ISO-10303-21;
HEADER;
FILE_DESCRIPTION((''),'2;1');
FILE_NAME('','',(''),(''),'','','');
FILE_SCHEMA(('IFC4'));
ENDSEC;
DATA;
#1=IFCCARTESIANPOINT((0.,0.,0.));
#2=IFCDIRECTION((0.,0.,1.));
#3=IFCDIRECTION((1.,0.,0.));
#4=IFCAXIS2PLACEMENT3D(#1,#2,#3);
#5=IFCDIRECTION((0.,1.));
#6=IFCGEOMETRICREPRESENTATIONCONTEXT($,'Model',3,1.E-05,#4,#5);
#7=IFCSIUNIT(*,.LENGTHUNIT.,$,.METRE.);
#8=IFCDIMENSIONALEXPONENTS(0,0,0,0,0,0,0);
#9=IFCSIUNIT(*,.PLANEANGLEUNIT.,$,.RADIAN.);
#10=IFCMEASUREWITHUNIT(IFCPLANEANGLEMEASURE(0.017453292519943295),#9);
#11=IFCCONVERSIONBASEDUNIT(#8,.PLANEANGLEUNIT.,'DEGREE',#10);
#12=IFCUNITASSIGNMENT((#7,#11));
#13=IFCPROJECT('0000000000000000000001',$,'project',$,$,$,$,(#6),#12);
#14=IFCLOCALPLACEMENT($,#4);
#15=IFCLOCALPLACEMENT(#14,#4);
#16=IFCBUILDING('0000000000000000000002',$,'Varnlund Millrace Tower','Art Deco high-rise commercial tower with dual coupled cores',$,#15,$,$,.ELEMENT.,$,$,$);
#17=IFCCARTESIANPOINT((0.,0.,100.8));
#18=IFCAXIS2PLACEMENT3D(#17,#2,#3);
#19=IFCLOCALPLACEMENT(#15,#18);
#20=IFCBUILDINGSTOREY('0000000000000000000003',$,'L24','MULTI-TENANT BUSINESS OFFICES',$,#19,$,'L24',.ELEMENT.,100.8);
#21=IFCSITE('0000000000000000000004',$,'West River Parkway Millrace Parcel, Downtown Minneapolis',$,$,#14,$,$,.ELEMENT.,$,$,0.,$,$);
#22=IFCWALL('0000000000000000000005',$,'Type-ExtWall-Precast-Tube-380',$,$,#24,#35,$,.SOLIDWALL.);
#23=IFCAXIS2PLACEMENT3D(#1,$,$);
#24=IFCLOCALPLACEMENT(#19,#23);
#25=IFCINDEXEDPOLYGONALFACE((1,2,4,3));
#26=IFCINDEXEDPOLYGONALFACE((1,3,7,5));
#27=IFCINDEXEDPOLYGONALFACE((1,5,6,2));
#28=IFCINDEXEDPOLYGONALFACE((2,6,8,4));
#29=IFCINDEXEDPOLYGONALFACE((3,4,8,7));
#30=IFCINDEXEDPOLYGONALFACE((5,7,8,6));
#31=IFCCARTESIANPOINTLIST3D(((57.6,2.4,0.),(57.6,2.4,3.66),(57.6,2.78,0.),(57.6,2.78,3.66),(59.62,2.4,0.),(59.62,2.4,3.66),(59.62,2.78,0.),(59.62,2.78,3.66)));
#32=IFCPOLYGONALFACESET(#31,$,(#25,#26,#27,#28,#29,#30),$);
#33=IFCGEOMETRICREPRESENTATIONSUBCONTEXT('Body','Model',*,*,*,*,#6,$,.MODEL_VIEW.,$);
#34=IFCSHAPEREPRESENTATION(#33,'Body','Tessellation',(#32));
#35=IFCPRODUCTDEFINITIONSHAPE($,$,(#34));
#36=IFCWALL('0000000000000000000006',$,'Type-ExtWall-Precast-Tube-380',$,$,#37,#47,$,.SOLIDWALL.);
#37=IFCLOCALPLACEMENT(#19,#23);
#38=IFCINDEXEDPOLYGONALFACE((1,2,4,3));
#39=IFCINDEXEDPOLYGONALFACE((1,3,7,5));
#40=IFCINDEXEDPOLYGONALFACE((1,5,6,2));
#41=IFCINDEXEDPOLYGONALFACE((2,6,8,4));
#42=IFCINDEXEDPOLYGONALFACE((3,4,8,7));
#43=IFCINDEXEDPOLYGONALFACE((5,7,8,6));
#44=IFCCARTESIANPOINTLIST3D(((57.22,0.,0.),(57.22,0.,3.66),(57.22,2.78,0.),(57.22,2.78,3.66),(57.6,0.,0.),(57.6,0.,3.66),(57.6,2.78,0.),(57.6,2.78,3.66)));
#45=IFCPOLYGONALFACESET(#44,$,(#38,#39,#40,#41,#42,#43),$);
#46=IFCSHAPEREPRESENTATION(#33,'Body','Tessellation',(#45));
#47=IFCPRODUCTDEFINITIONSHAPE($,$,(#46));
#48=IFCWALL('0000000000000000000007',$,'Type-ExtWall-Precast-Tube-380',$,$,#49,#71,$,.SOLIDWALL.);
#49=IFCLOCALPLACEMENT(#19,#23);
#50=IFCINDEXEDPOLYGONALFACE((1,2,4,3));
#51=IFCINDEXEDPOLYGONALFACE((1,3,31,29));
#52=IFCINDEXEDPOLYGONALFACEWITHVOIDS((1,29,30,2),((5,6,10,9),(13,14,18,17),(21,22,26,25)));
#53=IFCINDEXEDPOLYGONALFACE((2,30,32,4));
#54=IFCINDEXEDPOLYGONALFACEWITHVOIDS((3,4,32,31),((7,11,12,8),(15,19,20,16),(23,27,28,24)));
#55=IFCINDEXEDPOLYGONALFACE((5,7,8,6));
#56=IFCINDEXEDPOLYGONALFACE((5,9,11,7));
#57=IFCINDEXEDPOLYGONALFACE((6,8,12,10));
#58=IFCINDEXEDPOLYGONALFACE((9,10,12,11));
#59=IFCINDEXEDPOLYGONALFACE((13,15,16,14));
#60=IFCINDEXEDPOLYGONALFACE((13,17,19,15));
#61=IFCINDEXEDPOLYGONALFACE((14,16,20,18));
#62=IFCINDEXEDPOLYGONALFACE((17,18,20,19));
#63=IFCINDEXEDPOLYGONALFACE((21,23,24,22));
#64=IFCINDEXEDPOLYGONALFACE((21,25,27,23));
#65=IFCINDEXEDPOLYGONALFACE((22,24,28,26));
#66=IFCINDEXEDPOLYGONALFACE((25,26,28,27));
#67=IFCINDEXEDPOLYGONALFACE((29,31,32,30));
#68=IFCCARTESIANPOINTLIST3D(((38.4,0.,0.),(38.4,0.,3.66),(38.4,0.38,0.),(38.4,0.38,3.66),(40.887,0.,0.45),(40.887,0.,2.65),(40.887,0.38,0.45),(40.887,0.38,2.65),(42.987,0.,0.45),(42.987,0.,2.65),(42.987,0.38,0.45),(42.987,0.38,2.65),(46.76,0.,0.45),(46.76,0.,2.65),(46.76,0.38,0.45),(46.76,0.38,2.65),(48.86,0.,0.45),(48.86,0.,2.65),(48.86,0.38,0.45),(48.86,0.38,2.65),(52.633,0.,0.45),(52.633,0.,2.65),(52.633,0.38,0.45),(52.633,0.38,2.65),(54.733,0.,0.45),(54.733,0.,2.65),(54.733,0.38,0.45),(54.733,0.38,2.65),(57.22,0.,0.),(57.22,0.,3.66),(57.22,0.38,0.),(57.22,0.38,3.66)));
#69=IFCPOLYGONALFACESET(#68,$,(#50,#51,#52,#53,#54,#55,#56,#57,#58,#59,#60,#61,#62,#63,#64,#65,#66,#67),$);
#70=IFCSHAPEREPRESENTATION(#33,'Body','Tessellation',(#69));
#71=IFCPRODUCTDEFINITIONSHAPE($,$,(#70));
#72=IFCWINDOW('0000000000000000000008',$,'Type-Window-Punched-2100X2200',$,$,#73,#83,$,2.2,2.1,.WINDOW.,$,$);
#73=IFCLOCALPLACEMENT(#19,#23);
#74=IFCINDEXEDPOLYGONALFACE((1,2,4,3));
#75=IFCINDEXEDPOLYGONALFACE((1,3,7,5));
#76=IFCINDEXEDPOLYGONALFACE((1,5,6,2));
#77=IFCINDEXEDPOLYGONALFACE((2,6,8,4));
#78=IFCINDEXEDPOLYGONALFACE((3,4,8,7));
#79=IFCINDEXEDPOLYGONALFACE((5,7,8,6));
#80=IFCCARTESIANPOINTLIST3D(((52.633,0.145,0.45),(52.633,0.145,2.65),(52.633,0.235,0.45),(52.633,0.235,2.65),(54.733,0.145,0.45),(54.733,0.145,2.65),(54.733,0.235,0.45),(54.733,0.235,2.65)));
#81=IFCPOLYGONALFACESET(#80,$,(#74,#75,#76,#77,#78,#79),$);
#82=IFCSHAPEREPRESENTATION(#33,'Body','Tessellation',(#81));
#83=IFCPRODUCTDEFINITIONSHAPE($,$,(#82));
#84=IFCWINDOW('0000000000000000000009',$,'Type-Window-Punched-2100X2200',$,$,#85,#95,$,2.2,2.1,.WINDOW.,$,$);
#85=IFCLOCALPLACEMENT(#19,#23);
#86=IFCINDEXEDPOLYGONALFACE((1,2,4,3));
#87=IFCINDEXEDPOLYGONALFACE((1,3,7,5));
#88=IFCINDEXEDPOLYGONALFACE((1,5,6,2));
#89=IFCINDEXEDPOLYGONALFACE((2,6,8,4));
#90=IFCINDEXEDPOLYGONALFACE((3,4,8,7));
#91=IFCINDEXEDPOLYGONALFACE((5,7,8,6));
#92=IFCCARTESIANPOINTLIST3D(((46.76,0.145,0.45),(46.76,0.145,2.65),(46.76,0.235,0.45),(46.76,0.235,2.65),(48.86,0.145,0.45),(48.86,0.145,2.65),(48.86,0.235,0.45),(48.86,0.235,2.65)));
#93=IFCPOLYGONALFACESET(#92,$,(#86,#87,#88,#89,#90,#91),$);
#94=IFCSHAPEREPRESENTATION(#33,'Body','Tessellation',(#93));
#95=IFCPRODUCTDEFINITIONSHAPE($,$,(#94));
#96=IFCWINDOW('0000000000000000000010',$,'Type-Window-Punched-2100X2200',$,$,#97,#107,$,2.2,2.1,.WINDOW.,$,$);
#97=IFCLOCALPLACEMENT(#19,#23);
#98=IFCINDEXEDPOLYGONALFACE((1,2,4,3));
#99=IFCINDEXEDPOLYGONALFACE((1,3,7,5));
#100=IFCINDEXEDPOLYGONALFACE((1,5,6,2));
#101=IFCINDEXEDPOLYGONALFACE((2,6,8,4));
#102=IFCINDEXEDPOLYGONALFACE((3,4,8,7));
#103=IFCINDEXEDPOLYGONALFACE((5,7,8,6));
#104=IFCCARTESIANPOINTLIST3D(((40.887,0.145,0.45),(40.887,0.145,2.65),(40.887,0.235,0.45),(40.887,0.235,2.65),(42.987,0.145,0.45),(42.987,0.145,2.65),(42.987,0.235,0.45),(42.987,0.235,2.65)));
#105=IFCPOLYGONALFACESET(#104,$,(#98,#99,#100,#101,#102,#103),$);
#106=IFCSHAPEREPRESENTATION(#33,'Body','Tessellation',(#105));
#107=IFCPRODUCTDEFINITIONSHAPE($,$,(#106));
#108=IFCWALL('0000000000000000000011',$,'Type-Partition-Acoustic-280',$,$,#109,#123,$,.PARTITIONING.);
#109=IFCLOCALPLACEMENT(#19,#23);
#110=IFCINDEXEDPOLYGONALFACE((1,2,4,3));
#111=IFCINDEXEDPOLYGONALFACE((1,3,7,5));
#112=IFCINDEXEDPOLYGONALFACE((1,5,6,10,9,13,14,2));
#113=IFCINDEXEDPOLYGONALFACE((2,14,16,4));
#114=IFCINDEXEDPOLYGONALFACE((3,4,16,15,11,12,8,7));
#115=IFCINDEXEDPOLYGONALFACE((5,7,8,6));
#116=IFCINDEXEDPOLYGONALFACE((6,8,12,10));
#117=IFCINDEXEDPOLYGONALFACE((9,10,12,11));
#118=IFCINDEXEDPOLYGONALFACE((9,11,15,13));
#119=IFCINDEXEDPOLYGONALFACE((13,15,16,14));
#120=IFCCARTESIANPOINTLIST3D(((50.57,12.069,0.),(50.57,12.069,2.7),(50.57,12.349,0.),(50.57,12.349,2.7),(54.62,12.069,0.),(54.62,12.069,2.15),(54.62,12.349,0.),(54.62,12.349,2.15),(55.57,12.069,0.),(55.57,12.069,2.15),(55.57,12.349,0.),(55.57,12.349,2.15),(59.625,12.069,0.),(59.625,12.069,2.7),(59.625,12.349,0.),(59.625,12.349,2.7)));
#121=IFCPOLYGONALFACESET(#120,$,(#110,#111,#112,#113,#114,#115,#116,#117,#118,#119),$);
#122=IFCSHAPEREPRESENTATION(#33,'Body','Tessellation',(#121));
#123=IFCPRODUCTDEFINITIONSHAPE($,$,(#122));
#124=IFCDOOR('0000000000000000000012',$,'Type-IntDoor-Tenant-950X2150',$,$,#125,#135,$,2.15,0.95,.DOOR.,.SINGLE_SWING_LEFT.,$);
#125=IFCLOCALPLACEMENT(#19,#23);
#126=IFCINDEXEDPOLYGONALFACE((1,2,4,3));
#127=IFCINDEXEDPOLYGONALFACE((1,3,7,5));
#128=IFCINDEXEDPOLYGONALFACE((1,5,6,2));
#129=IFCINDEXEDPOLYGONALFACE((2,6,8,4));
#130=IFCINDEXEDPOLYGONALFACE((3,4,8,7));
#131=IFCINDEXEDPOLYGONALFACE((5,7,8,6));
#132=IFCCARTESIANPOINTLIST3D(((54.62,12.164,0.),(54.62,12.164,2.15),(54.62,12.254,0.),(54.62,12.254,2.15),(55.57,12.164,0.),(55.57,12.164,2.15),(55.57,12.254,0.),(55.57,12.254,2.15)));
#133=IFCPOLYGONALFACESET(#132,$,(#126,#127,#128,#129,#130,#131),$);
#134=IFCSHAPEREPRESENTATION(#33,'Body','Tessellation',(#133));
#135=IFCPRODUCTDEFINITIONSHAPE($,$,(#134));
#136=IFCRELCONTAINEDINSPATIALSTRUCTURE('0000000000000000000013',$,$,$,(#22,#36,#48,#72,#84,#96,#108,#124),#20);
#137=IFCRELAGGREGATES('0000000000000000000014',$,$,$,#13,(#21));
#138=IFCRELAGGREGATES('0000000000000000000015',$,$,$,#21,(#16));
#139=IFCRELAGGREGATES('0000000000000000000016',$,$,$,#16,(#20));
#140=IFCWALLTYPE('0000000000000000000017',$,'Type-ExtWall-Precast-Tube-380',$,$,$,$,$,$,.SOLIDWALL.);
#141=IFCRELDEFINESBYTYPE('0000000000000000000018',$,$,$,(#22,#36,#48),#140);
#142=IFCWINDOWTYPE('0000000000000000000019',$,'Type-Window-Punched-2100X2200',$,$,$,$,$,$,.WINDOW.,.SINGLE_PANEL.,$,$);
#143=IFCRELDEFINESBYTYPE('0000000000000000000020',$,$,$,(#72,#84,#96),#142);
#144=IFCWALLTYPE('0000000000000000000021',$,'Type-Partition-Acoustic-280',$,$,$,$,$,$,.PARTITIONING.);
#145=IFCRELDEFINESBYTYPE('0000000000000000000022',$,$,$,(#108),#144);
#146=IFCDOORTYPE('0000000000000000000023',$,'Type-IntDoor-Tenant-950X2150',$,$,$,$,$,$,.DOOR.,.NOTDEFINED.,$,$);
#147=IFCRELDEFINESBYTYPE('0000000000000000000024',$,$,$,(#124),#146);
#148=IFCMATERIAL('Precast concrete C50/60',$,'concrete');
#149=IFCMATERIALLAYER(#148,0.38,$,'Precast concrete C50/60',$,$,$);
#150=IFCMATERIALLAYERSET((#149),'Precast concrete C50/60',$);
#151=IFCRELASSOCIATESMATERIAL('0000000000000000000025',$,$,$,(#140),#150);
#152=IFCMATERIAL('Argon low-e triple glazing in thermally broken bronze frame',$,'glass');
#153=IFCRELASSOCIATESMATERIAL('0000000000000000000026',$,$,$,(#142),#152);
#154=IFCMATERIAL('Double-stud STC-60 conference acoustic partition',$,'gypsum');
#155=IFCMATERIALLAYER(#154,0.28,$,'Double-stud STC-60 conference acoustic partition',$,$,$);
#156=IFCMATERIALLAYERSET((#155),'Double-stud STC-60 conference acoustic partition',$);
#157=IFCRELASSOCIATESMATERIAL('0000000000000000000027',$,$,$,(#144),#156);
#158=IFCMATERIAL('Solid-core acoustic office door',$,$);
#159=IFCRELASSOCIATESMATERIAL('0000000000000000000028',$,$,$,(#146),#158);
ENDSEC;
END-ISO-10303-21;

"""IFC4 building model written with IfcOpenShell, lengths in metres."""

from ifc_helpers import new_model, entity, si_unit, converted_unit, direction, frame, origin_with_axes, origin_2d_with_axis, place, context, subcontext, project, spatial, polyline, rectangle, outline, extrude, material, layer, layer_set, type_object, element, fill, save


model = new_model("IFC4")

# Units and contexts
model_context = context("Model", 3, precision=1e-05, world=origin_with_axes(), true_north=direction((0.0, 1.0)))
body_context = subcontext(model_context, "Body", "Model", "MODEL_VIEW")
ifc_project = project(units=[si_unit("LENGTHUNIT", "METRE"), converted_unit("PLANEANGLEUNIT", "DEGREE", entity("IfcPlaneAngleMeasure", 0.017453292519943295), si_unit("PLANEANGLEUNIT", "RADIAN"), dimensions=[0, 0, 0, 0, 0, 0, 0])], contexts=[model_context])

# Site, building, storey
site_placement = place(None, origin_with_axes())
site = spatial("IfcSite", under=ifc_project, at=site_placement, Name="West River Parkway Millrace Parcel, Downtown Minneapolis", CompositionType="ELEMENT", RefElevation=0.0)
building_placement = place(site_placement, origin_with_axes())
building = spatial("IfcBuilding", under=site, at=building_placement, Name="Varnlund Millrace Tower", Description="Art Deco high-rise commercial tower with dual coupled cores", CompositionType="ELEMENT")
storey_placement = place(building_placement, frame((0.0, 0.0, 100.8), z_axis=(0.0, 0.0, 1.0), x_axis=(1.0, 0.0, 0.0)))
storey = spatial("IfcBuildingStorey", under=building, at=storey_placement, Name="L24", Description="MULTI-TENANT BUSINESS OFFICES", LongName="L24", CompositionType="ELEMENT", Elevation=100.8)

# Walls
ifc_material_1 = material(Name="Precast concrete C50/60", Category="concrete")
ifc_layer_1 = layer(ifc_material_1, 0.38, Name="Precast concrete C50/60")
ifc_layer_set_1 = layer_set([ifc_layer_1], Name="Precast concrete C50/60")
wall_type_1 = type_object("IfcWallType", Name="Type-ExtWall-Precast-Tube-380", PredefinedType="SOLIDWALL", material=ifc_layer_set_1)
wall_1_placement = place(storey_placement, frame((59.62, 2.59, 0.0), z_axis=(0.0, 0.0, 1.0), x_axis=(-1.0, 0.0, 0.0)))
element("IfcWall", 1, at=wall_1_placement, inside=storey, type_object=wall_type_1, Name="Type-ExtWall-Precast-Tube-380", PredefinedType="SOLIDWALL", context=body_context, shape_type="SweptSolid", body=[
    extrude(outline(polyline([(0.0, -0.19), (2.02, -0.19), (2.02, 0.19), (0.0, 0.19), (0.0, -0.19)])), origin_with_axes(), (0.0, 0.0, 1.0), 3.66),
])
wall_2_placement = place(storey_placement, frame((57.41, 2.78, 0.0), z_axis=(0.0, 0.0, 1.0), x_axis=(0.0, -1.0, 0.0)))
element("IfcWall", 2, at=wall_2_placement, inside=storey, type_object=wall_type_1, Name="Type-ExtWall-Precast-Tube-380", PredefinedType="SOLIDWALL", context=body_context, shape_type="SweptSolid", body=[
    extrude(outline(polyline([(0.0, -0.19), (2.78, -0.19), (2.78, 0.19), (0.0, 0.19), (0.0, -0.19)])), origin_with_axes(), (0.0, 0.0, 1.0), 3.66),
])

# Wall, openings, windows
wall_3_placement = place(storey_placement, frame((57.22, 0.19, 0.0), z_axis=(0.0, 0.0, 1.0), x_axis=(-1.0, 0.0, 0.0)))
wall_3 = element("IfcWall", 3, at=wall_3_placement, inside=storey, type_object=wall_type_1, Name="Type-ExtWall-Precast-Tube-380", PredefinedType="SOLIDWALL", context=body_context, shape_type="SweptSolid", body=[
    extrude(outline(polyline([(0.0, -0.19), (18.82, -0.19), (18.82, 0.19), (0.0, 0.19), (0.0, -0.19)])), origin_with_axes(), (0.0, 0.0, 1.0), 3.66),
])
opening_1_placement = place(wall_3_placement, frame((3.537, 0.0, 0.45), z_axis=(0.0, 0.0, 1.0), x_axis=(1.0, 0.0, 0.0)))
opening_1 = element("IfcOpeningElement", 4, at=opening_1_placement, cuts=wall_3, PredefinedType="OPENING", context=body_context, shape_type="SweptSolid", body=[
    extrude(rectangle(XDim=2.1, YDim=0.4, at=origin_2d_with_axis()), origin_with_axes(), (0.0, 0.0, 1.0), 2.2),
])
opening_2_placement = place(wall_3_placement, frame((9.41, 0.0, 0.45), z_axis=(0.0, 0.0, 1.0), x_axis=(1.0, 0.0, 0.0)))
opening_2 = element("IfcOpeningElement", 5, at=opening_2_placement, cuts=wall_3, PredefinedType="OPENING", context=body_context, shape_type="SweptSolid", body=[
    extrude(rectangle(XDim=2.1, YDim=0.4, at=origin_2d_with_axis()), origin_with_axes(), (0.0, 0.0, 1.0), 2.2),
])
opening_3_placement = place(wall_3_placement, frame((15.283, 0.0, 0.45), z_axis=(0.0, 0.0, 1.0), x_axis=(1.0, 0.0, 0.0)))
opening_3 = element("IfcOpeningElement", 6, at=opening_3_placement, cuts=wall_3, PredefinedType="OPENING", context=body_context, shape_type="SweptSolid", body=[
    extrude(rectangle(XDim=2.1, YDim=0.4, at=origin_2d_with_axis()), origin_with_axes(), (0.0, 0.0, 1.0), 2.2),
])
ifc_material_2 = material(Name="Argon low-e triple glazing in thermally broken bronze frame", Category="glass")
window_type = type_object("IfcWindowType", Name="Type-Window-Punched-2100X2200", PartitioningType="SINGLE_PANEL", PredefinedType="WINDOW", material=ifc_material_2)
window_1_placement = place(wall_3_placement, frame((3.537, 0.0, 0.45), z_axis=(0.0, 0.0, 1.0), x_axis=(1.0, 0.0, 0.0)))
window_1 = element("IfcWindow", 7, at=window_1_placement, inside=storey, type_object=window_type, Name="Type-Window-Punched-2100X2200", OverallHeight=2.2, OverallWidth=2.1, PredefinedType="WINDOW", context=body_context, shape_type="SweptSolid", body=[
    extrude(rectangle(XDim=2.1, YDim=0.09, at=origin_2d_with_axis()), origin_with_axes(), (0.0, 0.0, 1.0), 2.2),
])
fill(opening_1, window_1)
window_2_placement = place(wall_3_placement, frame((9.41, 0.0, 0.45), z_axis=(0.0, 0.0, 1.0), x_axis=(1.0, 0.0, 0.0)))
window_2 = element("IfcWindow", 8, at=window_2_placement, inside=storey, type_object=window_type, Name="Type-Window-Punched-2100X2200", OverallHeight=2.2, OverallWidth=2.1, PredefinedType="WINDOW", context=body_context, shape_type="SweptSolid", body=[
    extrude(rectangle(XDim=2.1, YDim=0.09, at=origin_2d_with_axis()), origin_with_axes(), (0.0, 0.0, 1.0), 2.2),
])
fill(opening_2, window_2)
window_3_placement = place(wall_3_placement, frame((15.283, 0.0, 0.45), z_axis=(0.0, 0.0, 1.0), x_axis=(1.0, 0.0, 0.0)))
window_3 = element("IfcWindow", 9, at=window_3_placement, inside=storey, type_object=window_type, Name="Type-Window-Punched-2100X2200", OverallHeight=2.2, OverallWidth=2.1, PredefinedType="WINDOW", context=body_context, shape_type="SweptSolid", body=[
    extrude(rectangle(XDim=2.1, YDim=0.09, at=origin_2d_with_axis()), origin_with_axes(), (0.0, 0.0, 1.0), 2.2),
])
fill(opening_3, window_3)

# Wall, opening, door
ifc_material_3 = material(Name="Double-stud STC-60 conference acoustic partition", Category="gypsum")
ifc_layer_2 = layer(ifc_material_3, 0.28, Name="Double-stud STC-60 conference acoustic partition")
ifc_layer_set_2 = layer_set([ifc_layer_2], Name="Double-stud STC-60 conference acoustic partition")
wall_type_2 = type_object("IfcWallType", Name="Type-Partition-Acoustic-280", PredefinedType="PARTITIONING", material=ifc_layer_set_2)
wall_4_placement = place(storey_placement, frame((50.57, 12.209, 0.0), z_axis=(0.0, 0.0, 1.0), x_axis=(1.0, 0.0, 0.0)))
wall_4 = element("IfcWall", 10, at=wall_4_placement, inside=storey, type_object=wall_type_2, Name="Type-Partition-Acoustic-280", PredefinedType="PARTITIONING", context=body_context, shape_type="SweptSolid", body=[
    extrude(outline(polyline([(0.0, -0.14), (9.055, -0.14), (9.055, 0.14), (0.0, 0.14), (0.0, -0.14)])), origin_with_axes(), (0.0, 0.0, 1.0), 2.7),
])
opening_4_placement = place(wall_4_placement, frame((4.525, 0.0, 0.0), z_axis=(0.0, 0.0, 1.0), x_axis=(1.0, 0.0, 0.0)))
opening_4 = element("IfcOpeningElement", 11, at=opening_4_placement, cuts=wall_4, PredefinedType="OPENING", context=body_context, shape_type="SweptSolid", body=[
    extrude(rectangle(XDim=0.95, YDim=0.3, at=origin_2d_with_axis()), origin_with_axes(), (0.0, 0.0, 1.0), 2.15),
])
ifc_material_4 = material(Name="Solid-core acoustic office door")
door_type = type_object("IfcDoorType", Name="Type-IntDoor-Tenant-950X2150", OperationType="NOTDEFINED", PredefinedType="DOOR", material=ifc_material_4)
door_placement = place(wall_4_placement, frame((4.525, 0.0, 0.0), z_axis=(0.0, 0.0, 1.0), x_axis=(1.0, 0.0, 0.0)))
door = element("IfcDoor", 12, at=door_placement, inside=storey, type_object=door_type, Name="Type-IntDoor-Tenant-950X2150", OperationType="SINGLE_SWING_LEFT", OverallHeight=2.15, OverallWidth=0.95, PredefinedType="DOOR", context=body_context, shape_type="SweptSolid", body=[
    extrude(rectangle(XDim=0.95, YDim=0.09, at=origin_2d_with_axis()), origin_with_axes(), (0.0, 0.0, 1.0), 2.15),
])
fill(opening_4, door)

save(model, "model.ifc")
